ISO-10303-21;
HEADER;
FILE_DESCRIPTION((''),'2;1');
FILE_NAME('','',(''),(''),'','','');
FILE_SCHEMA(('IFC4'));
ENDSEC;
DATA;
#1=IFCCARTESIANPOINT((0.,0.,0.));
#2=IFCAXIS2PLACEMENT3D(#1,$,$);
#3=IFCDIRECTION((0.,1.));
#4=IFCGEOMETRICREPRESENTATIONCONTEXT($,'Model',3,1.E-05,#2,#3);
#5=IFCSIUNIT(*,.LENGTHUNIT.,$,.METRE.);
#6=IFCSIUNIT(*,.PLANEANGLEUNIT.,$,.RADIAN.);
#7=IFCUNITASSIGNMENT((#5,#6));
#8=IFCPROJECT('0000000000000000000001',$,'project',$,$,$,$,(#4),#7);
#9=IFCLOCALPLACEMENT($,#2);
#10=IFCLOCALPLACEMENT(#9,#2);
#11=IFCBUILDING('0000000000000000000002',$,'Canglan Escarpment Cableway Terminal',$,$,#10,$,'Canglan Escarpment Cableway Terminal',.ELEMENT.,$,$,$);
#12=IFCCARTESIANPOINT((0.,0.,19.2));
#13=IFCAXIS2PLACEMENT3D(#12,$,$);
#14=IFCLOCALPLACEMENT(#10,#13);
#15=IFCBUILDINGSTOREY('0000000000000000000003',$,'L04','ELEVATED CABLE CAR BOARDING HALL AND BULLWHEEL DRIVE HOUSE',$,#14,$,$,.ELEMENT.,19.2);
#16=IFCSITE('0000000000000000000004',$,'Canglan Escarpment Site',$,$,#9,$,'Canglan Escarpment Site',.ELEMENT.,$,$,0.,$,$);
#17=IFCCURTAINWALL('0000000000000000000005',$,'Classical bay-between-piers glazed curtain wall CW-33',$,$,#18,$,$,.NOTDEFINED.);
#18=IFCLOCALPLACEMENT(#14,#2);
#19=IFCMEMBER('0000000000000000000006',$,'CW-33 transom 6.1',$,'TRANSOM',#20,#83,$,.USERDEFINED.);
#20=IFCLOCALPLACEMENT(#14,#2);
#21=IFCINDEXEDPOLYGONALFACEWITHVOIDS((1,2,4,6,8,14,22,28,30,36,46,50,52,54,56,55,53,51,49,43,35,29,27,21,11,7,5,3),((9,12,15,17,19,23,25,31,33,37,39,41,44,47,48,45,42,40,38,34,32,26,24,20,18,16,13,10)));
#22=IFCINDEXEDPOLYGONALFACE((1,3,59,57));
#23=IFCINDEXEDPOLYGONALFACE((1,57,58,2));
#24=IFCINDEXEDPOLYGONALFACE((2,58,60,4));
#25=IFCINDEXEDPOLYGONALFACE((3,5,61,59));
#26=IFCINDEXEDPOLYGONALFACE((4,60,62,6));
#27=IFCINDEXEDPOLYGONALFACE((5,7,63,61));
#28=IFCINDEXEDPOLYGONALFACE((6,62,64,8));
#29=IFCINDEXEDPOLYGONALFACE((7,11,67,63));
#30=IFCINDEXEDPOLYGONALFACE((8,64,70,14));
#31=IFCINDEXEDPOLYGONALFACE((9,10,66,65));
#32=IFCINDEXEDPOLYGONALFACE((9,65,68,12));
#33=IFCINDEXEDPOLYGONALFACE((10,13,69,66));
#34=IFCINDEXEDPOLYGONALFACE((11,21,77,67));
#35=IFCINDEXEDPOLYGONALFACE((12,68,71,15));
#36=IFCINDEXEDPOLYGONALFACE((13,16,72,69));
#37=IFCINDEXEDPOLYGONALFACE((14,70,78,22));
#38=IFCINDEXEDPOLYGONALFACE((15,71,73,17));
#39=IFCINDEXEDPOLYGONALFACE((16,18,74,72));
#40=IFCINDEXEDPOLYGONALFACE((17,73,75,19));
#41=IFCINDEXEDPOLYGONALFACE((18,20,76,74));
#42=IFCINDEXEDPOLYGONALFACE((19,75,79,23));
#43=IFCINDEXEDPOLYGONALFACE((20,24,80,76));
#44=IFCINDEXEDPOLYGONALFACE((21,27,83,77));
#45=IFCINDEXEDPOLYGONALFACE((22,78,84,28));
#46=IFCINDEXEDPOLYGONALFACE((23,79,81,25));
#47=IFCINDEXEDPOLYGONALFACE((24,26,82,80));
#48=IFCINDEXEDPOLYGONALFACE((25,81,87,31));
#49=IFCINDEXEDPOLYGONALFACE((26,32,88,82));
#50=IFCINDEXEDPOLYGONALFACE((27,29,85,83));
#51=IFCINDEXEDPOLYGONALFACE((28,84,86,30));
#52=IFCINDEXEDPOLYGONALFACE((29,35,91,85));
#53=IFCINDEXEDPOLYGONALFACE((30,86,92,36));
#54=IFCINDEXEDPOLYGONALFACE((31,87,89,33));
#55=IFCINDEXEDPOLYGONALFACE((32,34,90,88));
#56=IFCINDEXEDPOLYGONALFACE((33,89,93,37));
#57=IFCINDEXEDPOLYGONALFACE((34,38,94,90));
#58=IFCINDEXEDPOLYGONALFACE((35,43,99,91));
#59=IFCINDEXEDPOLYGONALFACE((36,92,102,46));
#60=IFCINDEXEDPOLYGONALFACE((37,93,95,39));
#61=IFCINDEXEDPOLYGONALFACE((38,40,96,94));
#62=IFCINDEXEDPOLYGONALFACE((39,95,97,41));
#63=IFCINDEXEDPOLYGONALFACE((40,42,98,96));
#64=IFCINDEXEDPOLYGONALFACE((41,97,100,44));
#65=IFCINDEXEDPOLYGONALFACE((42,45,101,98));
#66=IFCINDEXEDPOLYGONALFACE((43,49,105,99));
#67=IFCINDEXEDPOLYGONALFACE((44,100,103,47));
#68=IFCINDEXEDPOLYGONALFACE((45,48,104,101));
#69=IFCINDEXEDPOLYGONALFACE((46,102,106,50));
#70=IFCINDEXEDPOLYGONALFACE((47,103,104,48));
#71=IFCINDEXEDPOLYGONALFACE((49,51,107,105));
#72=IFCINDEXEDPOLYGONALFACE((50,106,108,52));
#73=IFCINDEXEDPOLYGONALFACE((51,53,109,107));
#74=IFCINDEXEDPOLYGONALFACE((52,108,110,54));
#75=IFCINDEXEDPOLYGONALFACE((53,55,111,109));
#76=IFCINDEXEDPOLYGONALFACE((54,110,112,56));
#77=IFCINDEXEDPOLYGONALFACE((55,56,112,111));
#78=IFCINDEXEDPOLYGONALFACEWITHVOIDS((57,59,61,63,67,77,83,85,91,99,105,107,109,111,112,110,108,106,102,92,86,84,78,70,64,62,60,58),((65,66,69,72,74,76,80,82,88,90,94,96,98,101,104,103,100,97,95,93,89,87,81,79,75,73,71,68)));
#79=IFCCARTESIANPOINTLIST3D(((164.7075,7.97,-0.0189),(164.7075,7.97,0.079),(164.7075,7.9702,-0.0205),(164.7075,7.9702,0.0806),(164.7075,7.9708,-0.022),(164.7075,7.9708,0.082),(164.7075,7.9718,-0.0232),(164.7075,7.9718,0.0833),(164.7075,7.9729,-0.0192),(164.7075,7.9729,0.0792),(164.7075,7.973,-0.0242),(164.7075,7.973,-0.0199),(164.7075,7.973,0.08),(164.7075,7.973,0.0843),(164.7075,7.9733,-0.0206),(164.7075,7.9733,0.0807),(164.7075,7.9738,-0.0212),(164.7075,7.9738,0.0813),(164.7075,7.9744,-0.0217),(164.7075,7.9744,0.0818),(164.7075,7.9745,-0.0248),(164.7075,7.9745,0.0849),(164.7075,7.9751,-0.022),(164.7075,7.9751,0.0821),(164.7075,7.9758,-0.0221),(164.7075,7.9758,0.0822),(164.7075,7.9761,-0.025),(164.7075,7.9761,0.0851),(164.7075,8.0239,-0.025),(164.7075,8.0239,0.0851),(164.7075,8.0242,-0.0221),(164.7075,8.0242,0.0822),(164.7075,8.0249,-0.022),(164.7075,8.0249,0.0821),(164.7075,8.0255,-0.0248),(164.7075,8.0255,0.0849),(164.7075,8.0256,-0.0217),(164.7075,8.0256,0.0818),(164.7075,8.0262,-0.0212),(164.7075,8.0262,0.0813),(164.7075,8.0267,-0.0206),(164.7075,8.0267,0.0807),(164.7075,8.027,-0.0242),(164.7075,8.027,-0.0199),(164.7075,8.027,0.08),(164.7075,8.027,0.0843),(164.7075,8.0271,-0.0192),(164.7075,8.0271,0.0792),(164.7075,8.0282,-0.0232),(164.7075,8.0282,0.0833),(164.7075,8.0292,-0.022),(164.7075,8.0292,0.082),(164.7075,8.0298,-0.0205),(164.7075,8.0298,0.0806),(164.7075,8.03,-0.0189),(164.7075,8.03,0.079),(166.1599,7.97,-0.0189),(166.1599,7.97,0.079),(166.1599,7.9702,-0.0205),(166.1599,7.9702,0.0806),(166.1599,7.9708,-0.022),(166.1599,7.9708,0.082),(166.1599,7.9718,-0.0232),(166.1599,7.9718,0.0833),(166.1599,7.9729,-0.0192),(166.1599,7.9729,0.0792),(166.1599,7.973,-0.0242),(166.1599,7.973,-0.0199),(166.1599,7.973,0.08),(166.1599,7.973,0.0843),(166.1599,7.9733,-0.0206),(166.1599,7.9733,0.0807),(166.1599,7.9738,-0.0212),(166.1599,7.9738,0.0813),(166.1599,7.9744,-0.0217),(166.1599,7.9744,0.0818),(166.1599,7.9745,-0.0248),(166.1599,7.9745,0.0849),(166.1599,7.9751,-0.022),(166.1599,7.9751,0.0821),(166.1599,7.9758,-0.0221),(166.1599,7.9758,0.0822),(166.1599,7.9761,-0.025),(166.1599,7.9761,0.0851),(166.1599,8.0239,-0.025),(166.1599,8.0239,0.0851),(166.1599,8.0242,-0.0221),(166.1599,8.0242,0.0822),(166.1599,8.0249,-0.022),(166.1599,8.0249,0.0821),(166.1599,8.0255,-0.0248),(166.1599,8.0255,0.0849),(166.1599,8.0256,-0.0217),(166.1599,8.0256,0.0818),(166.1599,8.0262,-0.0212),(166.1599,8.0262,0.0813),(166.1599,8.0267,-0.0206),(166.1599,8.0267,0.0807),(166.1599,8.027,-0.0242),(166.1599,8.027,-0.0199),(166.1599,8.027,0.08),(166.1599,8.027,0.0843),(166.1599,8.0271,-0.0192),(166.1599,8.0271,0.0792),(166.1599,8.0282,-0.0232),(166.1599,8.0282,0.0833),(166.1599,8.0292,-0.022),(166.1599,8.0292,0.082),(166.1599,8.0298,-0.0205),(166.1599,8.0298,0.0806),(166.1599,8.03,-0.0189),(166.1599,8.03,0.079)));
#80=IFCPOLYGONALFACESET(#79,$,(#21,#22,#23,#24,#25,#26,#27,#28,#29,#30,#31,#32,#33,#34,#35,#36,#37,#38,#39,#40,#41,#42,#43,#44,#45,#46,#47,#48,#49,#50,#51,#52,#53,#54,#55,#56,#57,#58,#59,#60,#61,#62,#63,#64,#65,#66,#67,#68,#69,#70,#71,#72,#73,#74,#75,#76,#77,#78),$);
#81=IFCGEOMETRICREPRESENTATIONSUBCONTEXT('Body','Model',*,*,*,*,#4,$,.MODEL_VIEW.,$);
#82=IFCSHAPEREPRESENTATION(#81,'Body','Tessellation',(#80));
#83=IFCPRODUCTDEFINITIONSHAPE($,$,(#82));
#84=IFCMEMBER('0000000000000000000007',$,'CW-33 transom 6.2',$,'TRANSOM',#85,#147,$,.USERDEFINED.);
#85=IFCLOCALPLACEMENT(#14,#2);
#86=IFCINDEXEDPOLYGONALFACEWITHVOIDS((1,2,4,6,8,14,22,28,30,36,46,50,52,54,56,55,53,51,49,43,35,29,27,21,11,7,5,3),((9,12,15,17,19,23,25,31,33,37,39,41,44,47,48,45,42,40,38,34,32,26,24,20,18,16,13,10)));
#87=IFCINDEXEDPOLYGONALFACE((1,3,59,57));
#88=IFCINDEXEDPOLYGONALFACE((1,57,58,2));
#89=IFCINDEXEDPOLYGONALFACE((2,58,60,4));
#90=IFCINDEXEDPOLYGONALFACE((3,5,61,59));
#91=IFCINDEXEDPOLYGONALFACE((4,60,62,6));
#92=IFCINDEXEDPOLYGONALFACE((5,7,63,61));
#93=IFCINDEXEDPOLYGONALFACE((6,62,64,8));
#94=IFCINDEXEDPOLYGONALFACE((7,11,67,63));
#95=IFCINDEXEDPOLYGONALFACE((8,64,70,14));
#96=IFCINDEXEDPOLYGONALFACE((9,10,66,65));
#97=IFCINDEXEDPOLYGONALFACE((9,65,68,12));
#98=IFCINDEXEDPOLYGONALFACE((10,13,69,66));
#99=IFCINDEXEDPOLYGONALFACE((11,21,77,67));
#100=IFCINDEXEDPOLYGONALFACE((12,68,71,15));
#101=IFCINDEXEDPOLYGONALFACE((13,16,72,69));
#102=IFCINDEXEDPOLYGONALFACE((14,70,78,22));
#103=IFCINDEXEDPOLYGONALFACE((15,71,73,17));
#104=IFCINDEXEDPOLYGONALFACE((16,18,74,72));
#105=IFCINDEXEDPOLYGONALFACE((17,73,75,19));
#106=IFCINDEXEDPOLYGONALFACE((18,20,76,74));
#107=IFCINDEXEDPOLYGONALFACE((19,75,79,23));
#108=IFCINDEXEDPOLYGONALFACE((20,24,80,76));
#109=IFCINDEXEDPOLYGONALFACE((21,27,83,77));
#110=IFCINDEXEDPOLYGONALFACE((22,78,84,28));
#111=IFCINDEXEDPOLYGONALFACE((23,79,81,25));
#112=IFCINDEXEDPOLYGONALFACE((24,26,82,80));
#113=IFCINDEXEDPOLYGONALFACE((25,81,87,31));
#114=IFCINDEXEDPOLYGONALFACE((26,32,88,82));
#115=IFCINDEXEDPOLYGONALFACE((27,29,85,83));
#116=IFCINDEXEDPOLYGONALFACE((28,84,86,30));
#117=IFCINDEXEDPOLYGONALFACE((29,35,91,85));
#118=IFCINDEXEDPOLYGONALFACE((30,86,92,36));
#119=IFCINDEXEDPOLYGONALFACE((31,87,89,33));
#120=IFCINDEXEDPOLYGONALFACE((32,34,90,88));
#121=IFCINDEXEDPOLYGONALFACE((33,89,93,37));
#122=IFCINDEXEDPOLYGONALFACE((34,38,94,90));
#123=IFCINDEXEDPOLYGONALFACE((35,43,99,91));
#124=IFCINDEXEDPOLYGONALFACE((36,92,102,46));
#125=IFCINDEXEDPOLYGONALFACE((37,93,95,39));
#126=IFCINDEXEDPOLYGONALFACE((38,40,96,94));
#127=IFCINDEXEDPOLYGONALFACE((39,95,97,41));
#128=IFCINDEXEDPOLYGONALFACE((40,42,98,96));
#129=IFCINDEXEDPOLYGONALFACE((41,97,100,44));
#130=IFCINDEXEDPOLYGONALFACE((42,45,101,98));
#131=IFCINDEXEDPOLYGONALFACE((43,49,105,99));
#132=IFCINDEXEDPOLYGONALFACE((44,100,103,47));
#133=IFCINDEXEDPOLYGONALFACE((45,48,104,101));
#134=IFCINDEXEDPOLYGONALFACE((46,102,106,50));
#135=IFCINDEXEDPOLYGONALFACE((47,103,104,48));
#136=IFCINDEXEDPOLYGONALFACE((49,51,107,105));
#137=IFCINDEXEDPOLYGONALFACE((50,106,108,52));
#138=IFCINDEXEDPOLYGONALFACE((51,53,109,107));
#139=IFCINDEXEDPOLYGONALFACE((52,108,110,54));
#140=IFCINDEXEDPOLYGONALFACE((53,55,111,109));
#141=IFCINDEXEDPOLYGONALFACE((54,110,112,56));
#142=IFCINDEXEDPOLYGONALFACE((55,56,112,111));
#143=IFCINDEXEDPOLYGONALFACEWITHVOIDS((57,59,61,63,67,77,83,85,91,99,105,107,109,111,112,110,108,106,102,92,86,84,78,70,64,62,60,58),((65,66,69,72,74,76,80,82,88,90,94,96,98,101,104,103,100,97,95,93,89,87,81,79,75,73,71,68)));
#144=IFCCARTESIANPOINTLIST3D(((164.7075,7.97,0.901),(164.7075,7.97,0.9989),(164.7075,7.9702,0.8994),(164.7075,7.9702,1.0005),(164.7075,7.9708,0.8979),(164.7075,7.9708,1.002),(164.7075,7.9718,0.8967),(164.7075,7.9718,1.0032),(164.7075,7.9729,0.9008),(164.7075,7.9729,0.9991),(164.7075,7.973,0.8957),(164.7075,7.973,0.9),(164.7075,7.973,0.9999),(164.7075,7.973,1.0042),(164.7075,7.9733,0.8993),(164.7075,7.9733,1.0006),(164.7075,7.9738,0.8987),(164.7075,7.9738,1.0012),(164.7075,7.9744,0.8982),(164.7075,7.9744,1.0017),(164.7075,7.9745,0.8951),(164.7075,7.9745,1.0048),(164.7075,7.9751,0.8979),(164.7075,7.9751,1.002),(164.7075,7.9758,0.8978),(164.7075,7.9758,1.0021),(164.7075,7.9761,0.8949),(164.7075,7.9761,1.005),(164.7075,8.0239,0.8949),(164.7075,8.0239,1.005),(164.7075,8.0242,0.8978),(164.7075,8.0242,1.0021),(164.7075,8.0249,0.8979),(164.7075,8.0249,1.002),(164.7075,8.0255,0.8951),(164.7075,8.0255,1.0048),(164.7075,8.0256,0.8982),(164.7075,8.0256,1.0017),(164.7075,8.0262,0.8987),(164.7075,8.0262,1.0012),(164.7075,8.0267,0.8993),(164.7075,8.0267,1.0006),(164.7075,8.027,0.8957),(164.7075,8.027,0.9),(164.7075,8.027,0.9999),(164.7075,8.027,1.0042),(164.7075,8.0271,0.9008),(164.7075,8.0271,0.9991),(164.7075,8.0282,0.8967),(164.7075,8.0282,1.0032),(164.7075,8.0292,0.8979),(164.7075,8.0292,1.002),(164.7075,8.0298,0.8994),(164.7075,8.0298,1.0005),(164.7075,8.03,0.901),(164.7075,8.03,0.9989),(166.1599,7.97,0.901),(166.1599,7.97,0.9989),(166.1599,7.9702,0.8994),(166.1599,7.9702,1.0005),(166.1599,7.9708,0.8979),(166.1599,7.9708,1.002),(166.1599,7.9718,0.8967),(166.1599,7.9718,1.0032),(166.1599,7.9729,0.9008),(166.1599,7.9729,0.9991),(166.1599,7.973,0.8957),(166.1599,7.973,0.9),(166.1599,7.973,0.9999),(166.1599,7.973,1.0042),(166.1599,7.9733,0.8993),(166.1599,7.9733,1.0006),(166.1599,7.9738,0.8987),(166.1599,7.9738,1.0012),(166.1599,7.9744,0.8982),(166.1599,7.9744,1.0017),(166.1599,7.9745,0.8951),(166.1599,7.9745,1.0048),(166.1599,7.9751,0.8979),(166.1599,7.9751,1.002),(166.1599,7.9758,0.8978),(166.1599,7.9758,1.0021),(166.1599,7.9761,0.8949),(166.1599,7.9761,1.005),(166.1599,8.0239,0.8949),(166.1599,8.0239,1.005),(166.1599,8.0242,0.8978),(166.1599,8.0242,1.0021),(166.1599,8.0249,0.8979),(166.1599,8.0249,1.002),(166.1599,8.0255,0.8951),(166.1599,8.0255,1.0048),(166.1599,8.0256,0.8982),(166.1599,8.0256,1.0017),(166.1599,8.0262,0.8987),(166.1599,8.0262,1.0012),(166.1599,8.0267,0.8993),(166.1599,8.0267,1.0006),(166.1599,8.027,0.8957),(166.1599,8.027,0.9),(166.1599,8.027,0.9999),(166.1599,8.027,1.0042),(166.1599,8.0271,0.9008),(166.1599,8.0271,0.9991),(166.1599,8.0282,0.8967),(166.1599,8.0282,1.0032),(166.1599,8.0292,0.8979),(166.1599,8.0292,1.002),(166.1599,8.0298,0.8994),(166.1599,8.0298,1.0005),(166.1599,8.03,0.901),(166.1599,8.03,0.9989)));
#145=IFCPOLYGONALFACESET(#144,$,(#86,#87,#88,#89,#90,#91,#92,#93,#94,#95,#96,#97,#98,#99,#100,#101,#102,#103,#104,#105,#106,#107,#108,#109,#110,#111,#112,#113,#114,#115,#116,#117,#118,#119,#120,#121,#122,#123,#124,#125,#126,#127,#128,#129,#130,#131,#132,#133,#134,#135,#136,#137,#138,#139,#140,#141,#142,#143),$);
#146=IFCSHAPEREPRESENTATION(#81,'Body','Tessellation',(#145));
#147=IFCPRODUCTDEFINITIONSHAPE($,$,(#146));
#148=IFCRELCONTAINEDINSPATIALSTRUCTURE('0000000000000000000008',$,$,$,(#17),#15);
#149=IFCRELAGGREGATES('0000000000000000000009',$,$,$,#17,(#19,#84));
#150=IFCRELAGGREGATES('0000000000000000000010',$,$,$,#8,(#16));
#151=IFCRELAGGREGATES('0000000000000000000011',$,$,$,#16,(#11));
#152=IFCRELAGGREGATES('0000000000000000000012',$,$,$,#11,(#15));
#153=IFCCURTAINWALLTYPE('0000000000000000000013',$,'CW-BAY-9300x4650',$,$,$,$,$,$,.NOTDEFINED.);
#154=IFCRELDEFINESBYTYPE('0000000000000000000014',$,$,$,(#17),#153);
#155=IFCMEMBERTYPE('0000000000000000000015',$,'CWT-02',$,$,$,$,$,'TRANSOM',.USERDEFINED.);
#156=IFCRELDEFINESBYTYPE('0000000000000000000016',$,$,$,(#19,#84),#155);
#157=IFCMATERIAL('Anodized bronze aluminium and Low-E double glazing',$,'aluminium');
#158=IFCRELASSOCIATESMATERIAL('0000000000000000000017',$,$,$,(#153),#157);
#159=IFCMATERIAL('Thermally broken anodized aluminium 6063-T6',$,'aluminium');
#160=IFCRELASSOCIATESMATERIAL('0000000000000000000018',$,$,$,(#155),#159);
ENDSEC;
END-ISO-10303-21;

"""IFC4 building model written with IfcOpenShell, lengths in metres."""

from ifc_helpers import new_model, si_unit, direction, frame, origin, origin_2d, place, context, subcontext, project, spatial, hollow_rectangle, extrude, material, material_profile, profile_set, type_object, element, aggregate, save


model = new_model("IFC4")

# Units and contexts
model_context = context("Model", 3, precision=1e-05, world=origin(), true_north=direction((0.0, 1.0)))
body_context = subcontext(model_context, "Body", "Model", "MODEL_VIEW")
ifc_project = project(units=[si_unit("LENGTHUNIT", "METRE"), si_unit("PLANEANGLEUNIT", "RADIAN")], contexts=[model_context])

# Site, building, storey
site_placement = place(None, origin())
site = spatial("IfcSite", under=ifc_project, at=site_placement, Name="Canglan Escarpment Site", LongName="Canglan Escarpment Site", CompositionType="ELEMENT", RefElevation=0.0)
building_placement = place(site_placement, origin())
building = spatial("IfcBuilding", under=site, at=building_placement, Name="Canglan Escarpment Cableway Terminal", LongName="Canglan Escarpment Cableway Terminal", CompositionType="ELEMENT")
storey_placement = place(building_placement, frame((0.0, 0.0, 19.2)))
storey = spatial("IfcBuildingStorey", under=building, at=storey_placement, Name="L04", Description="ELEVATED CABLE CAR BOARDING HALL AND BULLWHEEL DRIVE HOUSE", CompositionType="ELEMENT", Elevation=19.2)

# Curtain wall, members
ifc_material_1 = material(Name="Anodized bronze aluminium and Low-E double glazing", Category="aluminium")
curtain_wall_type = type_object("IfcCurtainWallType", Name="CW-BAY-9300x4650", PredefinedType="NOTDEFINED", material=ifc_material_1)
curtain_wall_placement = place(storey_placement, origin())
curtain_wall = element("IfcCurtainWall", 1, at=curtain_wall_placement, inside=storey, type_object=curtain_wall_type, Name="Classical bay-between-piers glazed curtain wall CW-33", PredefinedType="NOTDEFINED")
ifc_material_2 = material(Name="Thermally broken anodized aluminium 6063-T6", Category="aluminium")
ifc_material_profile_1 = material_profile(ifc_material_2, hollow_rectangle(XDim=0.0601, YDim=0.1101, WallThickness=0.0029, InnerFilletRadius=0.0029, OuterFilletRadius=0.0061, at=origin_2d()), Name="ALU-TRAN 60x110x3")
ifc_profile_set_1 = profile_set([ifc_material_profile_1], Name="Thermally broken anodized aluminium 6063-T6")
member_type_1 = type_object("IfcMemberType", Name="CWT-02", ElementType="TRANSOM", PredefinedType="USERDEFINED", material=ifc_profile_set_1)
member_1_placement = place(storey_placement, frame((164.7075, 8.0, 0.03), z_axis=(1.0, 0.0, 0.0), x_axis=(0.0, 1.0, 0.0)))
member_1 = element("IfcMember", 2, at=member_1_placement, type_object=member_type_1, Name="CW-33 transom 6.1", ObjectType="TRANSOM", PredefinedType="USERDEFINED", context=body_context, shape_type="SweptSolid", body=[
    extrude(hollow_rectangle(XDim=0.0601, YDim=0.1101, WallThickness=0.0029, InnerFilletRadius=0.0029, OuterFilletRadius=0.0061, at=origin_2d()), origin(), (0.0, 0.0, 1.0), 1.4524),
])
member_2_placement = place(storey_placement, frame((164.7075, 8.0, 0.95), z_axis=(1.0, 0.0, 0.0), x_axis=(0.0, 1.0, 0.0)))
member_2 = element("IfcMember", 3, at=member_2_placement, type_object=member_type_1, Name="CW-33 transom 6.2", ObjectType="TRANSOM", PredefinedType="USERDEFINED", context=body_context, shape_type="SweptSolid", body=[
    extrude(hollow_rectangle(XDim=0.0601, YDim=0.1101, WallThickness=0.0029, InnerFilletRadius=0.0029, OuterFilletRadius=0.0061, at=origin_2d()), origin(), (0.0, 0.0, 1.0), 1.4524),
])
aggregate(curtain_wall, [member_1, member_2])

save(model, "model.ifc")
